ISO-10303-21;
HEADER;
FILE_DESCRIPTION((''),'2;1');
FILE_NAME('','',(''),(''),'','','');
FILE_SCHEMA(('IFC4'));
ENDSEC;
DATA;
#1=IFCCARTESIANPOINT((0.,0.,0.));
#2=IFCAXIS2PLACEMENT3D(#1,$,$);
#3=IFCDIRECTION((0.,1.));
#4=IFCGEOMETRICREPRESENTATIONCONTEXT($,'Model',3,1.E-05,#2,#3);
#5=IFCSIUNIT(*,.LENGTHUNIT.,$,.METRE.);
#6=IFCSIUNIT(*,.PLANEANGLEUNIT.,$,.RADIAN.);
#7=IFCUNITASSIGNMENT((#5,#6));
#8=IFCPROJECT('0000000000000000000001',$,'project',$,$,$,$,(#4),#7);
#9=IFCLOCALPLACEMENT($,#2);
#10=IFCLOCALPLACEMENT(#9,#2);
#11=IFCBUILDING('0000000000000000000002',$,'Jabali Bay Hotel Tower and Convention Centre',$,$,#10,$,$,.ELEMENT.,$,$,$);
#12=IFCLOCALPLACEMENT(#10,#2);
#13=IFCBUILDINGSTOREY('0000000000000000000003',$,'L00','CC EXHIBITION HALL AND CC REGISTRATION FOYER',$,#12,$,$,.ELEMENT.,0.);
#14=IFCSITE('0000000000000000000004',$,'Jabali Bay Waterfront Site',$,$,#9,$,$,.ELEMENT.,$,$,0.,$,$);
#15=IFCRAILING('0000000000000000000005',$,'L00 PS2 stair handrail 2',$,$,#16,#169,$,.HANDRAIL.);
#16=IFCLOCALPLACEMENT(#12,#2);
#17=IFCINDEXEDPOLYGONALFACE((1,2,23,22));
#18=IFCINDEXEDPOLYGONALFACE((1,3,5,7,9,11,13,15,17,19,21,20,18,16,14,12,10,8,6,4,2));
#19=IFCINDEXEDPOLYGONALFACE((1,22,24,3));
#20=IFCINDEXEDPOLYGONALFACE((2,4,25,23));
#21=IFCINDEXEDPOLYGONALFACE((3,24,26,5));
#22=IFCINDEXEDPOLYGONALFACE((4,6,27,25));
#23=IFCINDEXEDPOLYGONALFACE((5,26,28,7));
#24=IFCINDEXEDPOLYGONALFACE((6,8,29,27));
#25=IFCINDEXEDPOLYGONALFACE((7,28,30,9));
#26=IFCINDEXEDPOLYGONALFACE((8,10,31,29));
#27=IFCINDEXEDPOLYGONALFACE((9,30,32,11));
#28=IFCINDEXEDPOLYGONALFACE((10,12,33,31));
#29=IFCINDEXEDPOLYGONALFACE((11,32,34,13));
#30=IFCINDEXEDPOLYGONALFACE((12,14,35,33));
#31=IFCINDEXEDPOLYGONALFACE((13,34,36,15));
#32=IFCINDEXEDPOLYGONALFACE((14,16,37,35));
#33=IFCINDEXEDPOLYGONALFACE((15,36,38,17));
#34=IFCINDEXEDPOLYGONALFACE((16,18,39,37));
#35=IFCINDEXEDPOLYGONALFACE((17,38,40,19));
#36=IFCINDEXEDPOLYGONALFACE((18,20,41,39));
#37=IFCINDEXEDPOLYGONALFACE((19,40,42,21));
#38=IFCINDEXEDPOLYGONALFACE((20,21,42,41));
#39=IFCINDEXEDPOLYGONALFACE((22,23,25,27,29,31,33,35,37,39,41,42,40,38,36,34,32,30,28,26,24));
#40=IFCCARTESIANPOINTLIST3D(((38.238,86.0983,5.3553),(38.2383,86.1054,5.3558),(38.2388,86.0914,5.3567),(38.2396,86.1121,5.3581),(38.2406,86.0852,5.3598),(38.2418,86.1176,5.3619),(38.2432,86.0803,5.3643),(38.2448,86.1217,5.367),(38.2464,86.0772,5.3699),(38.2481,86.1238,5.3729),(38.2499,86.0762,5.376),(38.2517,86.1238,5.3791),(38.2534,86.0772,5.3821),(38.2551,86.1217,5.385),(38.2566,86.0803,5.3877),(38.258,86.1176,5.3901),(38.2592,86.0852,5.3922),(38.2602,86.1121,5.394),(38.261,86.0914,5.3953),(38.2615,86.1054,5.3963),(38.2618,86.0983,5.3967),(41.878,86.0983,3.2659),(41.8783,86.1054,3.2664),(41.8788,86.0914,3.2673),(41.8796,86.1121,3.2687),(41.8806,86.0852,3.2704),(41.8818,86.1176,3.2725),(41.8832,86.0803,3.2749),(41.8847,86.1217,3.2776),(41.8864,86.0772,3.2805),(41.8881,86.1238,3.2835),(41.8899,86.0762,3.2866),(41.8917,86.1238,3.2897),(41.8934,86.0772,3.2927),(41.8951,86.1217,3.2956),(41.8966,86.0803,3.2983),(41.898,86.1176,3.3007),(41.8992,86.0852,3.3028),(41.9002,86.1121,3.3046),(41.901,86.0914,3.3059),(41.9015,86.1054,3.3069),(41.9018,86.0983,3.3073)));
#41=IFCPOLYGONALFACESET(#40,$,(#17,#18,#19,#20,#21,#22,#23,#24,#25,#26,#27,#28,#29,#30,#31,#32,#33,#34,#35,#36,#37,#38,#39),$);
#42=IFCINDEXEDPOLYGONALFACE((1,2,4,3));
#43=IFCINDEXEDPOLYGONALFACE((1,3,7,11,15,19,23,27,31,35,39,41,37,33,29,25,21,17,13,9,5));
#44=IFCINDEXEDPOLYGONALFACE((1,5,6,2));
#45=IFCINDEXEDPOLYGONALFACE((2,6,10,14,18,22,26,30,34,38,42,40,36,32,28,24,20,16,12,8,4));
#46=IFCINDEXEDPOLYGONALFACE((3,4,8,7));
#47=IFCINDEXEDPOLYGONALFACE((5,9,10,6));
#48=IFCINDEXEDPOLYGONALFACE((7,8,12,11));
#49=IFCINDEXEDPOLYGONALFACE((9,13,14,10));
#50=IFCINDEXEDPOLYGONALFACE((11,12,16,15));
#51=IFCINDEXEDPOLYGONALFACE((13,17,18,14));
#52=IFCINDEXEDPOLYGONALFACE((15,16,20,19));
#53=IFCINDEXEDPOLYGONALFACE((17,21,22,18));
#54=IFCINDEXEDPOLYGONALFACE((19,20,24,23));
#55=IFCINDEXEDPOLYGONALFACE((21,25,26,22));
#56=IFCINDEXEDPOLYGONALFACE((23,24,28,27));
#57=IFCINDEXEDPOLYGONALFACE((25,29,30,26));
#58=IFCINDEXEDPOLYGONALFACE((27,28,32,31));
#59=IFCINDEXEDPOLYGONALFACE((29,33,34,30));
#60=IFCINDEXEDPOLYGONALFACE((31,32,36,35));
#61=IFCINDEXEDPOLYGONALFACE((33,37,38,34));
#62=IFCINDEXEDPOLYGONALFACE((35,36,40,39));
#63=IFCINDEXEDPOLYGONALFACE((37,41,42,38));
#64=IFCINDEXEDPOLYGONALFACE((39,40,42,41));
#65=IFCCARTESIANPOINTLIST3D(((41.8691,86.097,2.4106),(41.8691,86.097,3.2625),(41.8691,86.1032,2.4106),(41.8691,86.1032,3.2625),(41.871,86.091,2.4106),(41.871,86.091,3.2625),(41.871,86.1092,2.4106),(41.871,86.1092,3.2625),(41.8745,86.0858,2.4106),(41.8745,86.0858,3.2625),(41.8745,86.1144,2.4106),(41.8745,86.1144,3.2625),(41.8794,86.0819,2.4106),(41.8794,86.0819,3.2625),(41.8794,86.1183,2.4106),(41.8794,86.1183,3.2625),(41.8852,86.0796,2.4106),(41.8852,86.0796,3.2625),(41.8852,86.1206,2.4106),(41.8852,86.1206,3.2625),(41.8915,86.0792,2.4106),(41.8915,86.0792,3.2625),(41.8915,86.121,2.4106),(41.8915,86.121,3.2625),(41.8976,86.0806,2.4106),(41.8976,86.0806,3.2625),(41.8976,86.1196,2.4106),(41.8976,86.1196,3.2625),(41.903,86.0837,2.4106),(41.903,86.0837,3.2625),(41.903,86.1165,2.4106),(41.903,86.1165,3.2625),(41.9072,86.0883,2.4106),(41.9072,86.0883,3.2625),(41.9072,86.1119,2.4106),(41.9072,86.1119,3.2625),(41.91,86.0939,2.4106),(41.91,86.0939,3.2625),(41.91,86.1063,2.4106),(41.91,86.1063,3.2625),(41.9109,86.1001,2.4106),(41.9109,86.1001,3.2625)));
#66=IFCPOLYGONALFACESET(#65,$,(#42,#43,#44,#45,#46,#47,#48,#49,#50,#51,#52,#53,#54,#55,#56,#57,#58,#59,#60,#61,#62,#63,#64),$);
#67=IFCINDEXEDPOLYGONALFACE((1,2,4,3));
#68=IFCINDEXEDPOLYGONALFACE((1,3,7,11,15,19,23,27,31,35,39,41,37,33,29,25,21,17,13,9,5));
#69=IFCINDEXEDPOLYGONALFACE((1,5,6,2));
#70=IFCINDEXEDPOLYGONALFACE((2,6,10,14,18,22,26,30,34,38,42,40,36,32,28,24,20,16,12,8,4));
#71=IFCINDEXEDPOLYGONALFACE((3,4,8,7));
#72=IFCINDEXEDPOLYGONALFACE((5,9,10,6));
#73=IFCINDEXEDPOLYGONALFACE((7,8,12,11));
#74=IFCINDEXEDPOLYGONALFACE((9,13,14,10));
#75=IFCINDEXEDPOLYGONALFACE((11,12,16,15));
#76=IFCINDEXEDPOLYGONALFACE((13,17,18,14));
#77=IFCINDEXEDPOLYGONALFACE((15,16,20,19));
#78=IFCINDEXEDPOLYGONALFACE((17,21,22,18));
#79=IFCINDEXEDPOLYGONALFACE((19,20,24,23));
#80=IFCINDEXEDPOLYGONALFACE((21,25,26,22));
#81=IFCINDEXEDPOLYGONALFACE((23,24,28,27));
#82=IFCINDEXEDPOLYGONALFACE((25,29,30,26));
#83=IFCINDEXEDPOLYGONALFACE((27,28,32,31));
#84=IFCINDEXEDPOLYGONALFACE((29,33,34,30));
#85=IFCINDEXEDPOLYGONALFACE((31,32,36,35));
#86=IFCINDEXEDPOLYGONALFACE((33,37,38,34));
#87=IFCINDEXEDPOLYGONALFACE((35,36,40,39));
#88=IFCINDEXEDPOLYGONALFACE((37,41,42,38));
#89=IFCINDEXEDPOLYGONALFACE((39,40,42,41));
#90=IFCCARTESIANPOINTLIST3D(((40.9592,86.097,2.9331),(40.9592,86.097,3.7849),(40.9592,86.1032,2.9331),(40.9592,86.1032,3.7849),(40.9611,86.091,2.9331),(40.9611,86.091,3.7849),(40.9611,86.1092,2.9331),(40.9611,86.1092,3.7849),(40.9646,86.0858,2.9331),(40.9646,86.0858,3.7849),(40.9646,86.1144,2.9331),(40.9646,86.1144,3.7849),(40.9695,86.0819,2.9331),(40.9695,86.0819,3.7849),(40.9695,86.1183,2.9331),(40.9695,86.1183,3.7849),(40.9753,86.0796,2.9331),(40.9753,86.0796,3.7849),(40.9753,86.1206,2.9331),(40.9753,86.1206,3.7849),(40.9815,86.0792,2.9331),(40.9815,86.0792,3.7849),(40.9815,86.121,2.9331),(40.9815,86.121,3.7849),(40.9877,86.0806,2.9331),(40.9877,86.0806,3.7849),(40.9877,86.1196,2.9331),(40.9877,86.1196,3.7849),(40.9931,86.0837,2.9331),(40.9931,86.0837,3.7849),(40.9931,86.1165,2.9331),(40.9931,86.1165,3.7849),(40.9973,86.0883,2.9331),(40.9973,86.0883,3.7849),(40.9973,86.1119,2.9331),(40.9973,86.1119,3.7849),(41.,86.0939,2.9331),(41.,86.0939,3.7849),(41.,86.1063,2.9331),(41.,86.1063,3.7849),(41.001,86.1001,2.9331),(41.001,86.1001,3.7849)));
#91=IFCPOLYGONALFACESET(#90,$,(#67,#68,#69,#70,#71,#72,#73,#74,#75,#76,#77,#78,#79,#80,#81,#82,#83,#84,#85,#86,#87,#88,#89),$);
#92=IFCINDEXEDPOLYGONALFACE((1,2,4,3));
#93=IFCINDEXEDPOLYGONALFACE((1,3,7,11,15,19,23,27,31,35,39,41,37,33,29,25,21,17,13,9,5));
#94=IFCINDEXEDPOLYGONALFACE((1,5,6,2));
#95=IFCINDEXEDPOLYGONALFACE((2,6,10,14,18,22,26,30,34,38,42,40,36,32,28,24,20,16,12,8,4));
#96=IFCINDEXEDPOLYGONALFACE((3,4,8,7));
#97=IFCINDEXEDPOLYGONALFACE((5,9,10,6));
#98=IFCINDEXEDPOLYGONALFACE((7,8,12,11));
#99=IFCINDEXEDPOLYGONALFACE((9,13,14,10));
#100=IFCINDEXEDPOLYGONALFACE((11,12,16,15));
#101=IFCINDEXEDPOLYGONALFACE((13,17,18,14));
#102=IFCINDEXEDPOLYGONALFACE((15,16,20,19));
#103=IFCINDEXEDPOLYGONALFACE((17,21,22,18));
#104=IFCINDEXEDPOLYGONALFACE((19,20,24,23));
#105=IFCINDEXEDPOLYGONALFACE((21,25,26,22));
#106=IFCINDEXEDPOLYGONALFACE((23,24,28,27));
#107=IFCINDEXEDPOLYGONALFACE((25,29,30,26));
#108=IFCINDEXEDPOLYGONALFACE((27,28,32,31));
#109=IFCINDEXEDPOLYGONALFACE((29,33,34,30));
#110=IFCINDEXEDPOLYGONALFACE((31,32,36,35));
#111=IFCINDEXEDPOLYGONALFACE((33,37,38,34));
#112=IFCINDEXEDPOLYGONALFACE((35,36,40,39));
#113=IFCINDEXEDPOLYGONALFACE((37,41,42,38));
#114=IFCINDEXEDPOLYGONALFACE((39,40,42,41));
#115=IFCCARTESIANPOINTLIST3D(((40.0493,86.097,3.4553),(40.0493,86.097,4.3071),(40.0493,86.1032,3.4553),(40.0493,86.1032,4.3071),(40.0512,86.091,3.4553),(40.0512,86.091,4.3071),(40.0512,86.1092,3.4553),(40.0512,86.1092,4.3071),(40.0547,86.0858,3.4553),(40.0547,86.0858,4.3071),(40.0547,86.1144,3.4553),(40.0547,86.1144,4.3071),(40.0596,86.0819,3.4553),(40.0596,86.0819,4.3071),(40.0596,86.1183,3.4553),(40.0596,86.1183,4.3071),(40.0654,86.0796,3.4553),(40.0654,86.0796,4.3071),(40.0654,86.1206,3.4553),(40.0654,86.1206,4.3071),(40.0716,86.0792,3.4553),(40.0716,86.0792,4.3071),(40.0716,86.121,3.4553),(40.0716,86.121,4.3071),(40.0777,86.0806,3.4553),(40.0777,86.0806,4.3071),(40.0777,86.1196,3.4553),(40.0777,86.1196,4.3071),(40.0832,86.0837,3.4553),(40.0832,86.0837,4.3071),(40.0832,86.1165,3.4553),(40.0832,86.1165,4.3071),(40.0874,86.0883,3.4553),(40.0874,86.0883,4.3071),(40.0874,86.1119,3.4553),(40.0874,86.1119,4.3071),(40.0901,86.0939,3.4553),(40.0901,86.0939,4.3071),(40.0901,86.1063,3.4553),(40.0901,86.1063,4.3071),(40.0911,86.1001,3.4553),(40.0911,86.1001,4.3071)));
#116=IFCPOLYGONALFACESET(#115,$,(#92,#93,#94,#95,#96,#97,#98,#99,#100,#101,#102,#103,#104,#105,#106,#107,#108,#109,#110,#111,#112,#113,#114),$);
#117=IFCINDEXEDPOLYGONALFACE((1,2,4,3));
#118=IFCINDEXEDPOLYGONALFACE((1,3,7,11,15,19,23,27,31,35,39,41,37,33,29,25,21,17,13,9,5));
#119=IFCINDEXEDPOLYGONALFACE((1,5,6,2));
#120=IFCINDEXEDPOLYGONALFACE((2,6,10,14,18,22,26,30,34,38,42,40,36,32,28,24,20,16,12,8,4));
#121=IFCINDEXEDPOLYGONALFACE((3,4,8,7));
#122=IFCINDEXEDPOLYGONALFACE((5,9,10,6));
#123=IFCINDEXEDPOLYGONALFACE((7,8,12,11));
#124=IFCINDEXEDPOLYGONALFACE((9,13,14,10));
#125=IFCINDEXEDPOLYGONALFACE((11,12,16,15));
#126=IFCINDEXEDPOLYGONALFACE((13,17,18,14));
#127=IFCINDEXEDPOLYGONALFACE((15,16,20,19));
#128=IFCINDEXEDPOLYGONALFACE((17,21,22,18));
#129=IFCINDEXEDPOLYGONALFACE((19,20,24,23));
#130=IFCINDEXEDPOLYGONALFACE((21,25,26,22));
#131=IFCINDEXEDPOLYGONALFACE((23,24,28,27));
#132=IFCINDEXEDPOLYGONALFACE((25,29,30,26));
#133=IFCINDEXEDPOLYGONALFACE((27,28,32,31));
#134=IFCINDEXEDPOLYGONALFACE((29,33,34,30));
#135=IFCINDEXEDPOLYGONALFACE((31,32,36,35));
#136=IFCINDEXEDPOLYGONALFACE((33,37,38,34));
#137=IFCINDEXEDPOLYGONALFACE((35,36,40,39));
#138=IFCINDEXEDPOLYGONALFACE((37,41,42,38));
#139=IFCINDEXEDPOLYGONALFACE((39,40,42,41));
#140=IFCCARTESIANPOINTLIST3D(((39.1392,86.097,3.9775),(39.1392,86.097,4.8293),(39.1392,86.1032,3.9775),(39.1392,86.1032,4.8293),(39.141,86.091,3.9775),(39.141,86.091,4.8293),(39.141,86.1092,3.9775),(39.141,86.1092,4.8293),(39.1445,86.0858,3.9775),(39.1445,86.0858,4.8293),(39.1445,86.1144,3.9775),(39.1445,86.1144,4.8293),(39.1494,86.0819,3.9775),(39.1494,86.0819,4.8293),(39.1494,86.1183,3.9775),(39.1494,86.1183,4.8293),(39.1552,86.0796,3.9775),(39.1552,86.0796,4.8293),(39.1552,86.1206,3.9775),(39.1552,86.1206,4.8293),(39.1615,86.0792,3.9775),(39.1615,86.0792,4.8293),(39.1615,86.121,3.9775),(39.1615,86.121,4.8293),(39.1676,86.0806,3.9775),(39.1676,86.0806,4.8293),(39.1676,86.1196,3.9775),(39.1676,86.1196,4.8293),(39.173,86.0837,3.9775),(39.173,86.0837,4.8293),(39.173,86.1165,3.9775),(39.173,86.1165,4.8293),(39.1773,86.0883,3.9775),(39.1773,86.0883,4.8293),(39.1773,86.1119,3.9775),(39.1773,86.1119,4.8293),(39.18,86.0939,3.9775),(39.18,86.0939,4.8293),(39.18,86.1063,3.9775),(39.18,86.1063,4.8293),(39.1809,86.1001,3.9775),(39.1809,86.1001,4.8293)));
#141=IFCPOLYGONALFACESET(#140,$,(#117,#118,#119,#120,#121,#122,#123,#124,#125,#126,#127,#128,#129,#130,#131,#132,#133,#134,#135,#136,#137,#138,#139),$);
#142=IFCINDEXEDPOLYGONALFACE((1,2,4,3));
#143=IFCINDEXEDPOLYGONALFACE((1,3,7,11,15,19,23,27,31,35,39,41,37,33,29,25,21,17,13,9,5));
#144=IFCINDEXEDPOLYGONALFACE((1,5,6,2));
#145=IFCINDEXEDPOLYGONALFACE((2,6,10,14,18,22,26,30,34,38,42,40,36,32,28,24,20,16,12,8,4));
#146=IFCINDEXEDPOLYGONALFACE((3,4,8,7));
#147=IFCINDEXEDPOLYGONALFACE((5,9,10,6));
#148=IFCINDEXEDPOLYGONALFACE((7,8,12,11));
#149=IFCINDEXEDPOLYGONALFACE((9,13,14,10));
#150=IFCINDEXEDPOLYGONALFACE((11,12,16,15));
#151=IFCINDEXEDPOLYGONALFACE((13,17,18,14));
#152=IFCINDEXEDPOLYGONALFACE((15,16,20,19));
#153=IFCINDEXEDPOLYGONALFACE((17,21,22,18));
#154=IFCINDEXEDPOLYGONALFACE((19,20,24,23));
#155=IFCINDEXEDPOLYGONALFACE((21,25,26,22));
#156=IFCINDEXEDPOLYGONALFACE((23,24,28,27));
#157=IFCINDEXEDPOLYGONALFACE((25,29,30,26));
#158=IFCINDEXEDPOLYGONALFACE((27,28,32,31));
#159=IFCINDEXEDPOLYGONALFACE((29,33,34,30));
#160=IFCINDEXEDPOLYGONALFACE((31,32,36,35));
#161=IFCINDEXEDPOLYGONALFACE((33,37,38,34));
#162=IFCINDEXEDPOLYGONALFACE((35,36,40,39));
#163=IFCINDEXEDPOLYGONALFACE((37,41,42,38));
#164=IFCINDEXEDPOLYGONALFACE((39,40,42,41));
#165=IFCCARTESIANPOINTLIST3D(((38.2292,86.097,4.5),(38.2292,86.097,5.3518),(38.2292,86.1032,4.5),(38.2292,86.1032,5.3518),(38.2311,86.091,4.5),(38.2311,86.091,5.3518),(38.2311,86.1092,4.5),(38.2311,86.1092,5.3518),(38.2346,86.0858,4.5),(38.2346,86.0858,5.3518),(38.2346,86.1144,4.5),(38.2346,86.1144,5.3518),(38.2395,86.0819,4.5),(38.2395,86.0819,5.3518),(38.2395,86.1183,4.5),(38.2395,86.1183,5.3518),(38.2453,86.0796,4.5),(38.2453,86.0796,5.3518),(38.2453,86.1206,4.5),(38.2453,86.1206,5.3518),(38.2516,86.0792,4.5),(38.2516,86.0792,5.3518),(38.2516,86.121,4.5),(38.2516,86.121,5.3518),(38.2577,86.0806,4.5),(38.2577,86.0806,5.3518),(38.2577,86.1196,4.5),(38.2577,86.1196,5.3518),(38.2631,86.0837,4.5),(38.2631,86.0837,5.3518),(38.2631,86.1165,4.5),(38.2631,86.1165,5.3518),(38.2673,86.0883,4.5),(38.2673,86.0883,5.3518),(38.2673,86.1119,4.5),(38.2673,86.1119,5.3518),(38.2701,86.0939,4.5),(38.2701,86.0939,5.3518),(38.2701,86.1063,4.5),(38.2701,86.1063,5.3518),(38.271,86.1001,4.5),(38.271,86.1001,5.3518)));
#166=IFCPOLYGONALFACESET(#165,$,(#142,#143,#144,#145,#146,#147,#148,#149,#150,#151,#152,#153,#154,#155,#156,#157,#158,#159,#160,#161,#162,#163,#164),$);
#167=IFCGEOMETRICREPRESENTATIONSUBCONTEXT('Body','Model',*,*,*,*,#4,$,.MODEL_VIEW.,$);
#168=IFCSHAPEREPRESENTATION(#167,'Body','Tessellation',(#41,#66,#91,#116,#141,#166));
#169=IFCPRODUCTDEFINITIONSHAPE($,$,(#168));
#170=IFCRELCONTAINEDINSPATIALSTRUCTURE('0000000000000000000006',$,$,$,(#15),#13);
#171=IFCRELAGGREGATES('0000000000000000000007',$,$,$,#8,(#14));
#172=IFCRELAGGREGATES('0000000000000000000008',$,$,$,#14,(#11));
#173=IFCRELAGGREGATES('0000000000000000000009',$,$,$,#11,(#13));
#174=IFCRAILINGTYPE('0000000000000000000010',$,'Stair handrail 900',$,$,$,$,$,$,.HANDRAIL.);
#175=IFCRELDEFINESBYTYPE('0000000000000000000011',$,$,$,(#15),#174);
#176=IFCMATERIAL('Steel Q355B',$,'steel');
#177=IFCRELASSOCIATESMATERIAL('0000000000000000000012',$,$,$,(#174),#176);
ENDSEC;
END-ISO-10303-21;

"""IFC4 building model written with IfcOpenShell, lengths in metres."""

from ifc_helpers import new_model, si_unit, direction, frame, origin, origin_2d, place, context, subcontext, project, spatial, circle, extrude, material, type_object, element, save


model = new_model("IFC4")

# Units and contexts
model_context = context("Model", 3, precision=1e-05, world=origin(), true_north=direction((0.0, 1.0)))
body_context = subcontext(model_context, "Body", "Model", "MODEL_VIEW")
ifc_project = project(units=[si_unit("LENGTHUNIT", "METRE"), si_unit("PLANEANGLEUNIT", "RADIAN")], contexts=[model_context])

# Site, building, storey
site_placement = place(None, origin())
site = spatial("IfcSite", under=ifc_project, at=site_placement, Name="Jabali Bay Waterfront Site", CompositionType="ELEMENT", RefElevation=0.0)
building_placement = place(site_placement, origin())
building = spatial("IfcBuilding", under=site, at=building_placement, Name="Jabali Bay Hotel Tower and Convention Centre", CompositionType="ELEMENT")
storey_placement = place(building_placement, origin())
storey = spatial("IfcBuildingStorey", under=building, at=storey_placement, Name="L00", Description="CC EXHIBITION HALL AND CC REGISTRATION FOYER", CompositionType="ELEMENT", Elevation=0.0)

# Railing
ifc_material_1 = material(Name="Steel Q355B", Category="steel")
railing_type_1 = type_object("IfcRailingType", Name="Stair handrail 900", PredefinedType="HANDRAIL", material=ifc_material_1)
railing_1_placement = place(storey_placement, frame((41.8899, 86.1001, 2.4106)))
element("IfcRailing", 1, at=railing_1_placement, inside=storey, type_object=railing_type_1, Name="L00 PS2 stair handrail 2", PredefinedType="HANDRAIL", context=body_context, shape_type="SweptSolid", body=[
    extrude(circle(Radius=0.0239, at=origin_2d()), frame((0.0, 0.0, 0.876), z_axis=(-0.867275, 0.0, 0.497829), x_axis=(0.0, -1.0, 0.0)), (0.0, 0.0, 1.0), 4.197),
    extrude(circle(Radius=0.021, at=origin_2d()), origin(), (0.0, 0.0, 1.0), 0.8518),
    extrude(circle(Radius=0.021, at=origin_2d()), frame((-0.9099, 0.0, 0.5225)), (0.0, 0.0, 1.0), 0.8518),
    extrude(circle(Radius=0.021, at=origin_2d()), frame((-1.8198, 0.0, 1.0447)), (0.0, 0.0, 1.0), 0.8518),
    extrude(circle(Radius=0.021, at=origin_2d()), frame((-2.73, 0.0, 1.5669)), (0.0, 0.0, 1.0), 0.8518),
    extrude(circle(Radius=0.021, at=origin_2d()), frame((-3.6399, 0.0, 2.0894)), (0.0, 0.0, 1.0), 0.8518),
])

save(model, "model.ifc")
